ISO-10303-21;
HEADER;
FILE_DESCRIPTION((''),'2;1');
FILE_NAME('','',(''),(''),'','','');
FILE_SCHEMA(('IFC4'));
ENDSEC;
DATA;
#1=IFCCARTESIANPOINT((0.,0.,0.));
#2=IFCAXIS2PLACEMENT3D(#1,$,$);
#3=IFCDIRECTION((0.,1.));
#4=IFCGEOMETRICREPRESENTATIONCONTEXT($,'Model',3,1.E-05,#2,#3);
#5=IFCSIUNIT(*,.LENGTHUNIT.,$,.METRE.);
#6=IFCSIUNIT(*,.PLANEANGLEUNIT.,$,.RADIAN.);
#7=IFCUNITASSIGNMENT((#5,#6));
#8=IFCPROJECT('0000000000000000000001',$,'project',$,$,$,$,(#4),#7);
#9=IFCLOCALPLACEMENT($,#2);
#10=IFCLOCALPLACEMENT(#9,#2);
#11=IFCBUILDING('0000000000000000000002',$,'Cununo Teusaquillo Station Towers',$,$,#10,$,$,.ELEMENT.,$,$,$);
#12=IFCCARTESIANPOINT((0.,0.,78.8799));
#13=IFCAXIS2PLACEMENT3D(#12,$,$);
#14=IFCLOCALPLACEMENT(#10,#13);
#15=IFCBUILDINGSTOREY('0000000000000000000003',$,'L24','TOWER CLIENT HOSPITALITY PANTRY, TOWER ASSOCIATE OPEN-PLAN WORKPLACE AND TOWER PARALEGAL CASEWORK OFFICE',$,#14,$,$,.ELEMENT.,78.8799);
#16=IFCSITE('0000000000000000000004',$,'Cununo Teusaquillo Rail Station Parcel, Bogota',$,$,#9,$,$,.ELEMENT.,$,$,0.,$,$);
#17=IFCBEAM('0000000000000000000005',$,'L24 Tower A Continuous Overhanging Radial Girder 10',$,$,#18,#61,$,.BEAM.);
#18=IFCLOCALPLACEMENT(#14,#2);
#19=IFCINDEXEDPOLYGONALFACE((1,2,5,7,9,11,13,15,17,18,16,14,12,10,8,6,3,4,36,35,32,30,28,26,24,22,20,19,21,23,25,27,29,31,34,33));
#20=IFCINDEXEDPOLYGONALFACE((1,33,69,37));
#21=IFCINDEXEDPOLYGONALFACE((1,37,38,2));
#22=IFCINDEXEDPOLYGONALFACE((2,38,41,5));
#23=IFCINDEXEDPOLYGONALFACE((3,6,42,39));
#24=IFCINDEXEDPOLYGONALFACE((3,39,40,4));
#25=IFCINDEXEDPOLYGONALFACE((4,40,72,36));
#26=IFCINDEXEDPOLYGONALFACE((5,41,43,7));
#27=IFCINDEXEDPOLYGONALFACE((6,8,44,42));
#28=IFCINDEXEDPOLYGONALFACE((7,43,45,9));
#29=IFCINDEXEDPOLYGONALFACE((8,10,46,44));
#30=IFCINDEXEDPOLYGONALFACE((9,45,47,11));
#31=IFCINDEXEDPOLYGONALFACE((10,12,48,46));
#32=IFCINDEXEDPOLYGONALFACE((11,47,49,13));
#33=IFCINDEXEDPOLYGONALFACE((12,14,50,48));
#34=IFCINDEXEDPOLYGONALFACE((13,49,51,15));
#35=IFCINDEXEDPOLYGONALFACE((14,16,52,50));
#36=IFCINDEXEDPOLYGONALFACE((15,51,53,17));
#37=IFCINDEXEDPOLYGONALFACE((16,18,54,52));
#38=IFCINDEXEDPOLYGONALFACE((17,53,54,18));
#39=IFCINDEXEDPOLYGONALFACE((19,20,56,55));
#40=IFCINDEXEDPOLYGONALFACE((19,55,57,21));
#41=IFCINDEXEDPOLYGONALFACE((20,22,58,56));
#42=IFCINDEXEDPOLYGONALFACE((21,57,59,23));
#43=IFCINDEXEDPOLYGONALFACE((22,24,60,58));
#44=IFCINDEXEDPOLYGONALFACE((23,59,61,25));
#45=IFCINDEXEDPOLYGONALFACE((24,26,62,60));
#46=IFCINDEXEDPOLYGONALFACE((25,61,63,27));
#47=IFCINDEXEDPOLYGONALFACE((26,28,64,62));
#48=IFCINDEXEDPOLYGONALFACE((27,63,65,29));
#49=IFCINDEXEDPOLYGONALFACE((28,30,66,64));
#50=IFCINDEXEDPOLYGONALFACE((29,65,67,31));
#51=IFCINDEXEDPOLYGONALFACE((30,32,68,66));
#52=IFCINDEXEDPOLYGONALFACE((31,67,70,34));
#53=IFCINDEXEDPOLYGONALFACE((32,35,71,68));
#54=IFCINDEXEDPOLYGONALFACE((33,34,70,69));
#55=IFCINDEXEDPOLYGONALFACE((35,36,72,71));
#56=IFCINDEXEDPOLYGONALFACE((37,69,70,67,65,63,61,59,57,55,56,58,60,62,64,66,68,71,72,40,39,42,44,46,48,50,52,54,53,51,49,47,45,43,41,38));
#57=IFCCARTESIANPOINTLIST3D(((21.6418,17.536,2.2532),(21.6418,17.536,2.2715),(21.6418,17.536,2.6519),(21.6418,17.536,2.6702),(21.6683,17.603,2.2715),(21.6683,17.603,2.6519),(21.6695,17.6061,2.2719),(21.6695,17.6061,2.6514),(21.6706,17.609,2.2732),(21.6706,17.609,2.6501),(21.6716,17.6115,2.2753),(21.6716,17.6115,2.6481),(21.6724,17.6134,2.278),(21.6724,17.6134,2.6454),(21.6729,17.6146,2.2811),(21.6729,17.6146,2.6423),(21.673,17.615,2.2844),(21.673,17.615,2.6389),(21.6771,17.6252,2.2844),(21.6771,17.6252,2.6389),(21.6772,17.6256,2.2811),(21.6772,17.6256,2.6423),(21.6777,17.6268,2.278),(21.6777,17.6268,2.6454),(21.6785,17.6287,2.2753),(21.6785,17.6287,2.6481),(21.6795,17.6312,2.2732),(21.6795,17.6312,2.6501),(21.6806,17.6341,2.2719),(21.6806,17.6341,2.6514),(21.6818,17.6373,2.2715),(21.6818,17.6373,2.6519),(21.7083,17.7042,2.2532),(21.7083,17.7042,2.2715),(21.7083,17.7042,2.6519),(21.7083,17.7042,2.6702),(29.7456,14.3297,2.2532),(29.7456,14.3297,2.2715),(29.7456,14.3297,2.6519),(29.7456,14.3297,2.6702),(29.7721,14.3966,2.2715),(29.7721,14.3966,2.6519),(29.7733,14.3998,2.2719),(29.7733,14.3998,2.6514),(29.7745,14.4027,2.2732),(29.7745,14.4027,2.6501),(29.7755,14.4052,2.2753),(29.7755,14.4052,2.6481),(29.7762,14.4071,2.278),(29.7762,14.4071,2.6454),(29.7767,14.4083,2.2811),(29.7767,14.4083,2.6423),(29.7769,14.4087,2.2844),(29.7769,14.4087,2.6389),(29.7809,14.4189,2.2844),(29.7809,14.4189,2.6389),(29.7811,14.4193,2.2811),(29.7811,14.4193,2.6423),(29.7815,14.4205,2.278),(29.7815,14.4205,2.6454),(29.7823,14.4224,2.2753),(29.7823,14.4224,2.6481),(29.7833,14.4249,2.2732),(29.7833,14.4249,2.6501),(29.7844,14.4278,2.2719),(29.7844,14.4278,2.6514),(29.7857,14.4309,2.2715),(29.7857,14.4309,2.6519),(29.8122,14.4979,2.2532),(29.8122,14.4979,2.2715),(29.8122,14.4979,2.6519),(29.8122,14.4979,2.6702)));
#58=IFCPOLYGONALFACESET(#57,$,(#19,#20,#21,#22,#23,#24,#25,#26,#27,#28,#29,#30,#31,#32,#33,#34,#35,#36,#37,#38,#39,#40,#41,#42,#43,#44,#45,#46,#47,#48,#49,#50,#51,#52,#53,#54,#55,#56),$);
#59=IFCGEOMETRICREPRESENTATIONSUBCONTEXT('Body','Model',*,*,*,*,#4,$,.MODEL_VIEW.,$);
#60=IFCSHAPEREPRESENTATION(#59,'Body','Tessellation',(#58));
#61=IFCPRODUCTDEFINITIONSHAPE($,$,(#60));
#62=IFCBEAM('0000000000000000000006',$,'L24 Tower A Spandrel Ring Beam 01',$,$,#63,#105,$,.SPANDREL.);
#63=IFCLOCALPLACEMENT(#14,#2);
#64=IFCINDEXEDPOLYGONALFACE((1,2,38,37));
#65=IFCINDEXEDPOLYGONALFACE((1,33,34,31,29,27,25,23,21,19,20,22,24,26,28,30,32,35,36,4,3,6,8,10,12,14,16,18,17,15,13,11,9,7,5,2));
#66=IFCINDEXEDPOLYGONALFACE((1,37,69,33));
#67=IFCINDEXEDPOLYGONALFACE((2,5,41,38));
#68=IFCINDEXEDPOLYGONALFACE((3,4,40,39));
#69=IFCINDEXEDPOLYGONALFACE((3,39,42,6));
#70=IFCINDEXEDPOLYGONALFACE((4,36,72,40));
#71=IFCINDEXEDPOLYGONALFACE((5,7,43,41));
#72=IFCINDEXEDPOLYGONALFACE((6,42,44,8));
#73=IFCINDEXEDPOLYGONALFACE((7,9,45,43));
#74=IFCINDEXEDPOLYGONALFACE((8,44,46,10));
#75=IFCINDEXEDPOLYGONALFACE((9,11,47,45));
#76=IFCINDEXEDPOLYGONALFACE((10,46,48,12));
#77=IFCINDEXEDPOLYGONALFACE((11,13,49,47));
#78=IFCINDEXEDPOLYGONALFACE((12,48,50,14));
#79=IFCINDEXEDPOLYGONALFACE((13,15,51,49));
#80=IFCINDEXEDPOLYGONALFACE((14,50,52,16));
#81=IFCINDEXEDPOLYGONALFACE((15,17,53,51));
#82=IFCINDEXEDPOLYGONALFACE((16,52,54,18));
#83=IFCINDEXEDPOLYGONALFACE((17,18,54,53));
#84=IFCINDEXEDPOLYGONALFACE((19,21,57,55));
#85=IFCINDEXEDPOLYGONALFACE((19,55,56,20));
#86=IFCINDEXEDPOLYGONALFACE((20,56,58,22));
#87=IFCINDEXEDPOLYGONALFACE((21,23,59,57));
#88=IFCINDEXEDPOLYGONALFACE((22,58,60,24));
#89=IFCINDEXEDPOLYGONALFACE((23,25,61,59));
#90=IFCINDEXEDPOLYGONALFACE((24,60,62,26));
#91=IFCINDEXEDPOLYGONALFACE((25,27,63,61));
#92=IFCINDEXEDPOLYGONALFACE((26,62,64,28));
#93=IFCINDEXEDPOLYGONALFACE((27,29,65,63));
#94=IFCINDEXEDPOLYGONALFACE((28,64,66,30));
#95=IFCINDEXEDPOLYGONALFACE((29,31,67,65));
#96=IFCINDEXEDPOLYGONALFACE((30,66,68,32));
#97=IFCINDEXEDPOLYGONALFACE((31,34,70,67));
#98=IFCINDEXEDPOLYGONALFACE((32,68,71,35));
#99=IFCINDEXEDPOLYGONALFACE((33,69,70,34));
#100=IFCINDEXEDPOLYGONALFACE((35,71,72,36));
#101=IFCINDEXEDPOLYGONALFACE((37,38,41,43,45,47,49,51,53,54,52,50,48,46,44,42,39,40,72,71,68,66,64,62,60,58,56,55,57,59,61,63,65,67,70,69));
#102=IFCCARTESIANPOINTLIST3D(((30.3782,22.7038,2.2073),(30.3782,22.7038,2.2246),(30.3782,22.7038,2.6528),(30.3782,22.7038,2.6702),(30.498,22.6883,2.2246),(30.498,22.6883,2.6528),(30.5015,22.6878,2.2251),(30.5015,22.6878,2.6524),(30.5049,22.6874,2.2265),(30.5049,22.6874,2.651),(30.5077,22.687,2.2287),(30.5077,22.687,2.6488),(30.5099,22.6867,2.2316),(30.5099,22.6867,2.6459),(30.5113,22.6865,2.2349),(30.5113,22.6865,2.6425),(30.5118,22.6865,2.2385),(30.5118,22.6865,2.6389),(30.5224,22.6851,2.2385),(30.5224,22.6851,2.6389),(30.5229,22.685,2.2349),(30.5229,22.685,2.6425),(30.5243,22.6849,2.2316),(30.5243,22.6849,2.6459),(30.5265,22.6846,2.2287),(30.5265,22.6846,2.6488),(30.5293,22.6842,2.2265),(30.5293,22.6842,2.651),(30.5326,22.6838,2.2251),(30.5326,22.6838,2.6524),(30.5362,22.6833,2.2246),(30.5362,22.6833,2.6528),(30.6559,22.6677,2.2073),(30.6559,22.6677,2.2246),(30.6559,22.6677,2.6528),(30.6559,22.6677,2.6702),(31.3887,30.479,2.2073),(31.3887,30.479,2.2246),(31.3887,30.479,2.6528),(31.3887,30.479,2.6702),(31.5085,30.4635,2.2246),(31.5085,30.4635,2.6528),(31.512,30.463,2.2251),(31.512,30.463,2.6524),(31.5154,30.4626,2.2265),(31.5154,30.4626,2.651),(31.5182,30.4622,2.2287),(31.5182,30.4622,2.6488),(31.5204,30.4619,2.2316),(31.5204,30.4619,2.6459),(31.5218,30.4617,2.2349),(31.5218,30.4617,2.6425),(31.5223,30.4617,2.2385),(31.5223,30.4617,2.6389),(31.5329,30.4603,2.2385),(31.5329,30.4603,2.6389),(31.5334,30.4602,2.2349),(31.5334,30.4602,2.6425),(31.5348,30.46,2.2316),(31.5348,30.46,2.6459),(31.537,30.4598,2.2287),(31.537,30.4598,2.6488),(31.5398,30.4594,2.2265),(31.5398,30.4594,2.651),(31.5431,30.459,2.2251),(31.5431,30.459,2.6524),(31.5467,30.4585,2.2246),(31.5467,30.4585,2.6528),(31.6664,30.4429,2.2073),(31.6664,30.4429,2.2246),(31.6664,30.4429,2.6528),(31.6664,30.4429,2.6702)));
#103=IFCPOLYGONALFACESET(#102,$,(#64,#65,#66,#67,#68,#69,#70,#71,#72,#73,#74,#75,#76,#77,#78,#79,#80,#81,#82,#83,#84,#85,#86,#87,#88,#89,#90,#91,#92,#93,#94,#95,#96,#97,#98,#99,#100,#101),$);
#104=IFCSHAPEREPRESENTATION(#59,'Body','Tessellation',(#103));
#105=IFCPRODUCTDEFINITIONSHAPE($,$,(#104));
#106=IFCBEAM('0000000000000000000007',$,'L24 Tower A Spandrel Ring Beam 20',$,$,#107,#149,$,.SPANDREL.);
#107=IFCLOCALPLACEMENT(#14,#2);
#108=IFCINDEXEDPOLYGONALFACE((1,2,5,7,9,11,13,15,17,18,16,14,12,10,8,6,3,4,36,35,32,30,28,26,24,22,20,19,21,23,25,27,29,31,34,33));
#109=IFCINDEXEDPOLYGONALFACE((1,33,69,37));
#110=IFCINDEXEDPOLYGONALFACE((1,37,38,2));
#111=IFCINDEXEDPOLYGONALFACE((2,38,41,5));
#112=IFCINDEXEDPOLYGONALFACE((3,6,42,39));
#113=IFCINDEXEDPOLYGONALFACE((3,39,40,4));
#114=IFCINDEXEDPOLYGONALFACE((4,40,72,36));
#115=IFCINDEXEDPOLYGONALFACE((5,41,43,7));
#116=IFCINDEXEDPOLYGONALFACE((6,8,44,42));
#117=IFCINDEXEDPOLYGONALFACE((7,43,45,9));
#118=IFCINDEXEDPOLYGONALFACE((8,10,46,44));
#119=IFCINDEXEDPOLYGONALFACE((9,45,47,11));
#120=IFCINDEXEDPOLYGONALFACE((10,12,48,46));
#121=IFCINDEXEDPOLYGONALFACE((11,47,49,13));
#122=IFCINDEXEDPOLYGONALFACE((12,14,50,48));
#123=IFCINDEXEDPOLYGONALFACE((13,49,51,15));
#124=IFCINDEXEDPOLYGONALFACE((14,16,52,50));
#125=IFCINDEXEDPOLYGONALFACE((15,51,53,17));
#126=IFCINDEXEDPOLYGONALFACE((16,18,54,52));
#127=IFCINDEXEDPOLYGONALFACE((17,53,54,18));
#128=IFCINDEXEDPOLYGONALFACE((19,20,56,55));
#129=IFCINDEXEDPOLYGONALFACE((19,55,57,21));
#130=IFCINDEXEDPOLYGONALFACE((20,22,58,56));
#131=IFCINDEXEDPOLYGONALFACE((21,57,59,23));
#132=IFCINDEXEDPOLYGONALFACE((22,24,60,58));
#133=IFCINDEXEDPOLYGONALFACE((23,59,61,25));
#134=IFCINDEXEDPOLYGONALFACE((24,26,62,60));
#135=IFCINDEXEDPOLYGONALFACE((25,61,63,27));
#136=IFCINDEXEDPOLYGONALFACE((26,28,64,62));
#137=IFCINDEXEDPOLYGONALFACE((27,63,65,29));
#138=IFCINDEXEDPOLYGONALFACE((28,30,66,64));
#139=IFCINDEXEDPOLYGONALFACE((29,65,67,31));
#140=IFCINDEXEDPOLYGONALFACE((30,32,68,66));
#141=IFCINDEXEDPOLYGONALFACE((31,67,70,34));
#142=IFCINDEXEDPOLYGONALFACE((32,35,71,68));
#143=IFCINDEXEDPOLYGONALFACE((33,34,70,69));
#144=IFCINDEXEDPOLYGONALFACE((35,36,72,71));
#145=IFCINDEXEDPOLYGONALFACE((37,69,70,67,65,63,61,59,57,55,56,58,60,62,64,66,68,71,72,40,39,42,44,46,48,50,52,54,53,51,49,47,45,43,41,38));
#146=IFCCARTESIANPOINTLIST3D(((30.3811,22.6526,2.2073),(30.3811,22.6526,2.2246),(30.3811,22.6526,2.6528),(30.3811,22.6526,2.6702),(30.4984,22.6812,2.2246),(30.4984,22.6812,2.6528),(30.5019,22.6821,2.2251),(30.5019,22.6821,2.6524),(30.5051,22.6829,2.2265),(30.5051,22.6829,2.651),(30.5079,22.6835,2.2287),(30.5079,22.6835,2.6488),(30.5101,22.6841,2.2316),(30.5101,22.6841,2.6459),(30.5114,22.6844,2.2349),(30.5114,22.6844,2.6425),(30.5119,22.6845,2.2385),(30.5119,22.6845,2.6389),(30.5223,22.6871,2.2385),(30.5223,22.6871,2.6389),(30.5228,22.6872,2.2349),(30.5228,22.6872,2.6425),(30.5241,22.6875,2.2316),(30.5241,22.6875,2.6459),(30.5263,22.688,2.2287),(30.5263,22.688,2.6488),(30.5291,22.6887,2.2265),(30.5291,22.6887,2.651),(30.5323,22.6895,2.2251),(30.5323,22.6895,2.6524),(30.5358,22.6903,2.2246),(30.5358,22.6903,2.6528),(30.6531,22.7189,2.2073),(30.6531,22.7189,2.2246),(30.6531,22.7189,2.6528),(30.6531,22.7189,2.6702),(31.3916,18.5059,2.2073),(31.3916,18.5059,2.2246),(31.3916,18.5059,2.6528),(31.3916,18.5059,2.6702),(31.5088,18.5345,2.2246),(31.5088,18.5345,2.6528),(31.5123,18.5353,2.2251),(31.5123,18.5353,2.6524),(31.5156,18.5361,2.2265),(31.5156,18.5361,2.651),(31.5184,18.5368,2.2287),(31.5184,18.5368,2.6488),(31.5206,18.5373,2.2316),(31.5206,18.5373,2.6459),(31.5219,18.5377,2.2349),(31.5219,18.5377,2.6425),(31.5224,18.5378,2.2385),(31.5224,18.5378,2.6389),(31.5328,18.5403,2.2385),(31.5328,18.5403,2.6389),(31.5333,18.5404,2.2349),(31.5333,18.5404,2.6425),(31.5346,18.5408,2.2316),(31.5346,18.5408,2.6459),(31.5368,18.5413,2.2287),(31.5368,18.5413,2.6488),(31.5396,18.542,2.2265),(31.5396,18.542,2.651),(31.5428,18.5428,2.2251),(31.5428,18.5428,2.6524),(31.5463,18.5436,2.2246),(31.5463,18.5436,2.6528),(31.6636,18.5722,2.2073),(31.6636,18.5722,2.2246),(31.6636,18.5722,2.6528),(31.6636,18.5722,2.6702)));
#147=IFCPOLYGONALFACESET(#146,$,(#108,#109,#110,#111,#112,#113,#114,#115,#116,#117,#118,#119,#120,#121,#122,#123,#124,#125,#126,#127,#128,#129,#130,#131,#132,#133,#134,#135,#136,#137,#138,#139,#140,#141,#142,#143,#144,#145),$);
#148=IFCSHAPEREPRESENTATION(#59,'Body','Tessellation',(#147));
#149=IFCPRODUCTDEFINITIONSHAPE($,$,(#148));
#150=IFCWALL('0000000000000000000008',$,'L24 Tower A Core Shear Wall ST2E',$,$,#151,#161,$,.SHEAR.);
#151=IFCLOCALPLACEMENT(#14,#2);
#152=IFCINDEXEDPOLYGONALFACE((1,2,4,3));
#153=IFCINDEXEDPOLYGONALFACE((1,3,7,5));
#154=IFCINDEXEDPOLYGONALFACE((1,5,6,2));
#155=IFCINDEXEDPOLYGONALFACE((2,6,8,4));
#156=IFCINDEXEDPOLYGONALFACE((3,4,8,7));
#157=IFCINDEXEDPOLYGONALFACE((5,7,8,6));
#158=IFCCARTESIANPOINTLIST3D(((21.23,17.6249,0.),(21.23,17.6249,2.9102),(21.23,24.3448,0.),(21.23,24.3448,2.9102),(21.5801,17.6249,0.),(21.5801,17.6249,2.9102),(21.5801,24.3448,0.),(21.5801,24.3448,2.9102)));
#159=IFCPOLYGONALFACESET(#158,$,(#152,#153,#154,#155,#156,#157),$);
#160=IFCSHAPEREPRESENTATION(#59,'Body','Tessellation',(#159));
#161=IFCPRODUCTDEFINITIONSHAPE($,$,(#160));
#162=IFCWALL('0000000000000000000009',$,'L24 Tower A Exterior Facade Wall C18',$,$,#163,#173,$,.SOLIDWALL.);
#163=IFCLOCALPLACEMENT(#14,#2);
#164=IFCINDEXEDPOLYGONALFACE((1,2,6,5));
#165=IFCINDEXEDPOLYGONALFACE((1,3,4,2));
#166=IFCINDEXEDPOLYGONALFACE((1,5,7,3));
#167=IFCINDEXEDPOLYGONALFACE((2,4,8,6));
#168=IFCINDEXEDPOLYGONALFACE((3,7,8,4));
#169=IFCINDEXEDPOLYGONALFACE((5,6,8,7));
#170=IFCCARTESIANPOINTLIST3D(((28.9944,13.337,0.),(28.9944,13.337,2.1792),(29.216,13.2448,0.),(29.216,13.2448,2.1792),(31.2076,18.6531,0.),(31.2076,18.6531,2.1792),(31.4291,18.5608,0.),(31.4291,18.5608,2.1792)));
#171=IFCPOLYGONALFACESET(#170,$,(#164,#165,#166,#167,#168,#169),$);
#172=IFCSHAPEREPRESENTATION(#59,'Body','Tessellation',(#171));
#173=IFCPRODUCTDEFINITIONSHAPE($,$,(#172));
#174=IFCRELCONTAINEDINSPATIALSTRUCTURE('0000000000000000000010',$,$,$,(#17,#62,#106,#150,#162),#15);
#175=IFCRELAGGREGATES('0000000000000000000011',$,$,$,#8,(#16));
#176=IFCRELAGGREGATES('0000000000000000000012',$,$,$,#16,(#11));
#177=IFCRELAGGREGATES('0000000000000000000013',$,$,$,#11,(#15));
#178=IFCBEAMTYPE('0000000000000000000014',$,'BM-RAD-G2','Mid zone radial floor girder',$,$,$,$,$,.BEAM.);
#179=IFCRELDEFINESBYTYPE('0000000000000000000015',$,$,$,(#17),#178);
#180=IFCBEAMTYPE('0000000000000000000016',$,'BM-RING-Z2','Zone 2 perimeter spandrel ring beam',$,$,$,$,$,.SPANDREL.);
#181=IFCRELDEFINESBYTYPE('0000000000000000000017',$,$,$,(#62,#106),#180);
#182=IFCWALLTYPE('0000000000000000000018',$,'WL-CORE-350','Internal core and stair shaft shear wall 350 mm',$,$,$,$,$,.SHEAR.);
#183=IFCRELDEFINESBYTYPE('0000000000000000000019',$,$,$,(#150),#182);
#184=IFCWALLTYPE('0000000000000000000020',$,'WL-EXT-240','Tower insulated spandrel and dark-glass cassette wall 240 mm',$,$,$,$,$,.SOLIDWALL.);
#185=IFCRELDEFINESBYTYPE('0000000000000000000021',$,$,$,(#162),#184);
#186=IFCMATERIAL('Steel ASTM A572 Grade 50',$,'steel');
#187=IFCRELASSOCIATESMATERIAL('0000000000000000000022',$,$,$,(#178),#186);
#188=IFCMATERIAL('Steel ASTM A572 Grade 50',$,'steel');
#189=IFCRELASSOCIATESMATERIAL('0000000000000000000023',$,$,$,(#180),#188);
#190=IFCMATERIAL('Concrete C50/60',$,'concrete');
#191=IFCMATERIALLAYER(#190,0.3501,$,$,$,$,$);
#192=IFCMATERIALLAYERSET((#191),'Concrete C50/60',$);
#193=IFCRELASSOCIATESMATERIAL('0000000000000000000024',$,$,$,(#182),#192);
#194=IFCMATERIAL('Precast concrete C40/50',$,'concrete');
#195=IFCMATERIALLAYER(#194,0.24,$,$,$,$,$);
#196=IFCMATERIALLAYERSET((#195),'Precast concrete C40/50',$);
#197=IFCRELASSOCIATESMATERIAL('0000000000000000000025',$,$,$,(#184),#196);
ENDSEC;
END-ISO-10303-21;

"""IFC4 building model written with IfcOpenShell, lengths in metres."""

from ifc_helpers import new_model, si_unit, direction, frame, frame_2d, origin, origin_2d, place, context, subcontext, project, spatial, rectangle, i_section, extrude, material, layer, layer_set, material_profile, profile_set, type_object, element, save


model = new_model("IFC4")

# Units and contexts
model_context = context("Model", 3, precision=1e-05, world=origin(), true_north=direction((0.0, 1.0)))
body_context = subcontext(model_context, "Body", "Model", "MODEL_VIEW")
ifc_project = project(units=[si_unit("LENGTHUNIT", "METRE"), si_unit("PLANEANGLEUNIT", "RADIAN")], contexts=[model_context])

# Site, building, storey
site_placement = place(None, origin())
site = spatial("IfcSite", under=ifc_project, at=site_placement, Name="Cununo Teusaquillo Rail Station Parcel, Bogota", CompositionType="ELEMENT", RefElevation=0.0)
building_placement = place(site_placement, origin())
building = spatial("IfcBuilding", under=site, at=building_placement, Name="Cununo Teusaquillo Station Towers", CompositionType="ELEMENT")
storey_placement = place(building_placement, frame((0.0, 0.0, 78.8799)))
storey = spatial("IfcBuildingStorey", under=building, at=storey_placement, Name="L24", Description="TOWER CLIENT HOSPITALITY PANTRY, TOWER ASSOCIATE OPEN-PLAN WORKPLACE AND TOWER PARALEGAL CASEWORK OFFICE", CompositionType="ELEMENT", Elevation=78.8799)

# Beams
ifc_material_1 = material(Name="Steel ASTM A572 Grade 50", Category="steel")
ifc_material_profile_1 = material_profile(ifc_material_1, i_section(OverallWidth=0.1809, OverallDepth=0.417, WebThickness=0.011, FlangeThickness=0.0183, FilletRadius=0.0129, at=origin_2d()), Name="W16X57")
ifc_profile_set_1 = profile_set([ifc_material_profile_1], Name="Steel ASTM A572 Grade 50")
beam_type_1 = type_object("IfcBeamType", Name="BM-RAD-G2", Description="Mid zone radial floor girder", PredefinedType="BEAM", material=ifc_profile_set_1)
beam_1_placement = place(storey_placement, frame((21.675, 17.6201, 2.4617), z_axis=(0.929863, -0.367906, 0.0), x_axis=(0.367906, 0.929863, 0.0)))
element("IfcBeam", 1, at=beam_1_placement, inside=storey, type_object=beam_type_1, Name="L24 Tower A Continuous Overhanging Radial Girder 10", PredefinedType="BEAM", context=body_context, shape_type="SweptSolid", body=[
    extrude(i_section(OverallWidth=0.1809, OverallDepth=0.417, WebThickness=0.011, FlangeThickness=0.0183, FilletRadius=0.0129, at=origin_2d()), origin(), (0.0, 0.0, 1.0), 8.7151),
])
ifc_material_2 = material(Name="Steel ASTM A572 Grade 50", Category="steel")
ifc_material_profile_2 = material_profile(ifc_material_2, i_section(OverallWidth=0.28, OverallDepth=0.4629, WebThickness=0.0107, FlangeThickness=0.0173, FilletRadius=0.0139, at=origin_2d()), Name="W18X76")
ifc_profile_set_2 = profile_set([ifc_material_profile_2], Name="Steel ASTM A572 Grade 50")
beam_type_2 = type_object("IfcBeamType", Name="BM-RING-Z2", Description="Zone 2 perimeter spandrel ring beam", PredefinedType="SPANDREL", material=ifc_profile_set_2)
beam_2_placement = place(storey_placement, frame((30.5171, 22.6858, 2.4387), z_axis=(0.128881, 0.99166, 0.0), x_axis=(-0.99166, 0.128881, 0.0)))
element("IfcBeam", 2, at=beam_2_placement, inside=storey, type_object=beam_type_2, Name="L24 Tower A Spandrel Ring Beam 01", PredefinedType="SPANDREL", context=body_context, shape_type="SweptSolid", body=[
    extrude(i_section(OverallWidth=0.28, OverallDepth=0.4629, WebThickness=0.0107, FlangeThickness=0.0173, FilletRadius=0.0139, at=origin_2d()), origin(), (0.0, 0.0, 1.0), 7.8406),
])
beam_3_placement = place(storey_placement, frame((31.5276, 18.5391, 2.4387), z_axis=(-0.236757, 0.971569, 0.0), x_axis=(-0.971569, -0.236757, 0.0)))
element("IfcBeam", 3, at=beam_3_placement, inside=storey, type_object=beam_type_2, Name="L24 Tower A Spandrel Ring Beam 20", PredefinedType="SPANDREL", context=body_context, shape_type="SweptSolid", body=[
    extrude(i_section(OverallWidth=0.28, OverallDepth=0.4629, WebThickness=0.0107, FlangeThickness=0.0173, FilletRadius=0.0139, at=origin_2d()), origin(), (0.0, 0.0, 1.0), 4.2681),
])

# Walls
ifc_material_3 = material(Name="Concrete C50/60", Category="concrete")
ifc_layer_1 = layer(ifc_material_3, 0.3501)
ifc_layer_set_1 = layer_set([ifc_layer_1], Name="Concrete C50/60")
wall_type_1 = type_object("IfcWallType", Name="WL-CORE-350", Description="Internal core and stair shaft shear wall 350 mm", PredefinedType="SHEAR", material=ifc_layer_set_1)
wall_1_placement = place(storey_placement, frame((21.405, 17.625, 0.0), z_axis=(0.0, 0.0, 1.0), x_axis=(0.0, 1.0, 0.0)))
element("IfcWall", 4, at=wall_1_placement, inside=storey, type_object=wall_type_1, Name="L24 Tower A Core Shear Wall ST2E", PredefinedType="SHEAR", context=body_context, shape_type="SweptSolid", body=[
    extrude(rectangle(XDim=6.72, YDim=0.3501, at=frame_2d((3.3599, 0.0))), origin(), (0.0, 0.0, 1.0), 2.9102),
])
ifc_material_4 = material(Name="Precast concrete C40/50", Category="concrete")
ifc_layer_2 = layer(ifc_material_4, 0.24)
ifc_layer_set_2 = layer_set([ifc_layer_2], Name="Precast concrete C40/50")
wall_type_2 = type_object("IfcWallType", Name="WL-EXT-240", Description="Tower insulated spandrel and dark-glass cassette wall 240 mm", PredefinedType="SOLIDWALL", material=ifc_layer_set_2)
wall_2_placement = place(storey_placement, frame((31.3184, 18.6069, 0.0), z_axis=(0.0, 0.0, 1.0), x_axis=(-0.384344, -0.92319, 0.0)))
element("IfcWall", 5, at=wall_2_placement, inside=storey, type_object=wall_type_2, Name="L24 Tower A Exterior Facade Wall C18", PredefinedType="SOLIDWALL", context=body_context, shape_type="SweptSolid", body=[
    extrude(rectangle(XDim=5.7583, YDim=0.24, at=frame_2d((2.8792, 0.0))), origin(), (0.0, 0.0, 1.0), 2.1792),
])

save(model, "model.ifc")
